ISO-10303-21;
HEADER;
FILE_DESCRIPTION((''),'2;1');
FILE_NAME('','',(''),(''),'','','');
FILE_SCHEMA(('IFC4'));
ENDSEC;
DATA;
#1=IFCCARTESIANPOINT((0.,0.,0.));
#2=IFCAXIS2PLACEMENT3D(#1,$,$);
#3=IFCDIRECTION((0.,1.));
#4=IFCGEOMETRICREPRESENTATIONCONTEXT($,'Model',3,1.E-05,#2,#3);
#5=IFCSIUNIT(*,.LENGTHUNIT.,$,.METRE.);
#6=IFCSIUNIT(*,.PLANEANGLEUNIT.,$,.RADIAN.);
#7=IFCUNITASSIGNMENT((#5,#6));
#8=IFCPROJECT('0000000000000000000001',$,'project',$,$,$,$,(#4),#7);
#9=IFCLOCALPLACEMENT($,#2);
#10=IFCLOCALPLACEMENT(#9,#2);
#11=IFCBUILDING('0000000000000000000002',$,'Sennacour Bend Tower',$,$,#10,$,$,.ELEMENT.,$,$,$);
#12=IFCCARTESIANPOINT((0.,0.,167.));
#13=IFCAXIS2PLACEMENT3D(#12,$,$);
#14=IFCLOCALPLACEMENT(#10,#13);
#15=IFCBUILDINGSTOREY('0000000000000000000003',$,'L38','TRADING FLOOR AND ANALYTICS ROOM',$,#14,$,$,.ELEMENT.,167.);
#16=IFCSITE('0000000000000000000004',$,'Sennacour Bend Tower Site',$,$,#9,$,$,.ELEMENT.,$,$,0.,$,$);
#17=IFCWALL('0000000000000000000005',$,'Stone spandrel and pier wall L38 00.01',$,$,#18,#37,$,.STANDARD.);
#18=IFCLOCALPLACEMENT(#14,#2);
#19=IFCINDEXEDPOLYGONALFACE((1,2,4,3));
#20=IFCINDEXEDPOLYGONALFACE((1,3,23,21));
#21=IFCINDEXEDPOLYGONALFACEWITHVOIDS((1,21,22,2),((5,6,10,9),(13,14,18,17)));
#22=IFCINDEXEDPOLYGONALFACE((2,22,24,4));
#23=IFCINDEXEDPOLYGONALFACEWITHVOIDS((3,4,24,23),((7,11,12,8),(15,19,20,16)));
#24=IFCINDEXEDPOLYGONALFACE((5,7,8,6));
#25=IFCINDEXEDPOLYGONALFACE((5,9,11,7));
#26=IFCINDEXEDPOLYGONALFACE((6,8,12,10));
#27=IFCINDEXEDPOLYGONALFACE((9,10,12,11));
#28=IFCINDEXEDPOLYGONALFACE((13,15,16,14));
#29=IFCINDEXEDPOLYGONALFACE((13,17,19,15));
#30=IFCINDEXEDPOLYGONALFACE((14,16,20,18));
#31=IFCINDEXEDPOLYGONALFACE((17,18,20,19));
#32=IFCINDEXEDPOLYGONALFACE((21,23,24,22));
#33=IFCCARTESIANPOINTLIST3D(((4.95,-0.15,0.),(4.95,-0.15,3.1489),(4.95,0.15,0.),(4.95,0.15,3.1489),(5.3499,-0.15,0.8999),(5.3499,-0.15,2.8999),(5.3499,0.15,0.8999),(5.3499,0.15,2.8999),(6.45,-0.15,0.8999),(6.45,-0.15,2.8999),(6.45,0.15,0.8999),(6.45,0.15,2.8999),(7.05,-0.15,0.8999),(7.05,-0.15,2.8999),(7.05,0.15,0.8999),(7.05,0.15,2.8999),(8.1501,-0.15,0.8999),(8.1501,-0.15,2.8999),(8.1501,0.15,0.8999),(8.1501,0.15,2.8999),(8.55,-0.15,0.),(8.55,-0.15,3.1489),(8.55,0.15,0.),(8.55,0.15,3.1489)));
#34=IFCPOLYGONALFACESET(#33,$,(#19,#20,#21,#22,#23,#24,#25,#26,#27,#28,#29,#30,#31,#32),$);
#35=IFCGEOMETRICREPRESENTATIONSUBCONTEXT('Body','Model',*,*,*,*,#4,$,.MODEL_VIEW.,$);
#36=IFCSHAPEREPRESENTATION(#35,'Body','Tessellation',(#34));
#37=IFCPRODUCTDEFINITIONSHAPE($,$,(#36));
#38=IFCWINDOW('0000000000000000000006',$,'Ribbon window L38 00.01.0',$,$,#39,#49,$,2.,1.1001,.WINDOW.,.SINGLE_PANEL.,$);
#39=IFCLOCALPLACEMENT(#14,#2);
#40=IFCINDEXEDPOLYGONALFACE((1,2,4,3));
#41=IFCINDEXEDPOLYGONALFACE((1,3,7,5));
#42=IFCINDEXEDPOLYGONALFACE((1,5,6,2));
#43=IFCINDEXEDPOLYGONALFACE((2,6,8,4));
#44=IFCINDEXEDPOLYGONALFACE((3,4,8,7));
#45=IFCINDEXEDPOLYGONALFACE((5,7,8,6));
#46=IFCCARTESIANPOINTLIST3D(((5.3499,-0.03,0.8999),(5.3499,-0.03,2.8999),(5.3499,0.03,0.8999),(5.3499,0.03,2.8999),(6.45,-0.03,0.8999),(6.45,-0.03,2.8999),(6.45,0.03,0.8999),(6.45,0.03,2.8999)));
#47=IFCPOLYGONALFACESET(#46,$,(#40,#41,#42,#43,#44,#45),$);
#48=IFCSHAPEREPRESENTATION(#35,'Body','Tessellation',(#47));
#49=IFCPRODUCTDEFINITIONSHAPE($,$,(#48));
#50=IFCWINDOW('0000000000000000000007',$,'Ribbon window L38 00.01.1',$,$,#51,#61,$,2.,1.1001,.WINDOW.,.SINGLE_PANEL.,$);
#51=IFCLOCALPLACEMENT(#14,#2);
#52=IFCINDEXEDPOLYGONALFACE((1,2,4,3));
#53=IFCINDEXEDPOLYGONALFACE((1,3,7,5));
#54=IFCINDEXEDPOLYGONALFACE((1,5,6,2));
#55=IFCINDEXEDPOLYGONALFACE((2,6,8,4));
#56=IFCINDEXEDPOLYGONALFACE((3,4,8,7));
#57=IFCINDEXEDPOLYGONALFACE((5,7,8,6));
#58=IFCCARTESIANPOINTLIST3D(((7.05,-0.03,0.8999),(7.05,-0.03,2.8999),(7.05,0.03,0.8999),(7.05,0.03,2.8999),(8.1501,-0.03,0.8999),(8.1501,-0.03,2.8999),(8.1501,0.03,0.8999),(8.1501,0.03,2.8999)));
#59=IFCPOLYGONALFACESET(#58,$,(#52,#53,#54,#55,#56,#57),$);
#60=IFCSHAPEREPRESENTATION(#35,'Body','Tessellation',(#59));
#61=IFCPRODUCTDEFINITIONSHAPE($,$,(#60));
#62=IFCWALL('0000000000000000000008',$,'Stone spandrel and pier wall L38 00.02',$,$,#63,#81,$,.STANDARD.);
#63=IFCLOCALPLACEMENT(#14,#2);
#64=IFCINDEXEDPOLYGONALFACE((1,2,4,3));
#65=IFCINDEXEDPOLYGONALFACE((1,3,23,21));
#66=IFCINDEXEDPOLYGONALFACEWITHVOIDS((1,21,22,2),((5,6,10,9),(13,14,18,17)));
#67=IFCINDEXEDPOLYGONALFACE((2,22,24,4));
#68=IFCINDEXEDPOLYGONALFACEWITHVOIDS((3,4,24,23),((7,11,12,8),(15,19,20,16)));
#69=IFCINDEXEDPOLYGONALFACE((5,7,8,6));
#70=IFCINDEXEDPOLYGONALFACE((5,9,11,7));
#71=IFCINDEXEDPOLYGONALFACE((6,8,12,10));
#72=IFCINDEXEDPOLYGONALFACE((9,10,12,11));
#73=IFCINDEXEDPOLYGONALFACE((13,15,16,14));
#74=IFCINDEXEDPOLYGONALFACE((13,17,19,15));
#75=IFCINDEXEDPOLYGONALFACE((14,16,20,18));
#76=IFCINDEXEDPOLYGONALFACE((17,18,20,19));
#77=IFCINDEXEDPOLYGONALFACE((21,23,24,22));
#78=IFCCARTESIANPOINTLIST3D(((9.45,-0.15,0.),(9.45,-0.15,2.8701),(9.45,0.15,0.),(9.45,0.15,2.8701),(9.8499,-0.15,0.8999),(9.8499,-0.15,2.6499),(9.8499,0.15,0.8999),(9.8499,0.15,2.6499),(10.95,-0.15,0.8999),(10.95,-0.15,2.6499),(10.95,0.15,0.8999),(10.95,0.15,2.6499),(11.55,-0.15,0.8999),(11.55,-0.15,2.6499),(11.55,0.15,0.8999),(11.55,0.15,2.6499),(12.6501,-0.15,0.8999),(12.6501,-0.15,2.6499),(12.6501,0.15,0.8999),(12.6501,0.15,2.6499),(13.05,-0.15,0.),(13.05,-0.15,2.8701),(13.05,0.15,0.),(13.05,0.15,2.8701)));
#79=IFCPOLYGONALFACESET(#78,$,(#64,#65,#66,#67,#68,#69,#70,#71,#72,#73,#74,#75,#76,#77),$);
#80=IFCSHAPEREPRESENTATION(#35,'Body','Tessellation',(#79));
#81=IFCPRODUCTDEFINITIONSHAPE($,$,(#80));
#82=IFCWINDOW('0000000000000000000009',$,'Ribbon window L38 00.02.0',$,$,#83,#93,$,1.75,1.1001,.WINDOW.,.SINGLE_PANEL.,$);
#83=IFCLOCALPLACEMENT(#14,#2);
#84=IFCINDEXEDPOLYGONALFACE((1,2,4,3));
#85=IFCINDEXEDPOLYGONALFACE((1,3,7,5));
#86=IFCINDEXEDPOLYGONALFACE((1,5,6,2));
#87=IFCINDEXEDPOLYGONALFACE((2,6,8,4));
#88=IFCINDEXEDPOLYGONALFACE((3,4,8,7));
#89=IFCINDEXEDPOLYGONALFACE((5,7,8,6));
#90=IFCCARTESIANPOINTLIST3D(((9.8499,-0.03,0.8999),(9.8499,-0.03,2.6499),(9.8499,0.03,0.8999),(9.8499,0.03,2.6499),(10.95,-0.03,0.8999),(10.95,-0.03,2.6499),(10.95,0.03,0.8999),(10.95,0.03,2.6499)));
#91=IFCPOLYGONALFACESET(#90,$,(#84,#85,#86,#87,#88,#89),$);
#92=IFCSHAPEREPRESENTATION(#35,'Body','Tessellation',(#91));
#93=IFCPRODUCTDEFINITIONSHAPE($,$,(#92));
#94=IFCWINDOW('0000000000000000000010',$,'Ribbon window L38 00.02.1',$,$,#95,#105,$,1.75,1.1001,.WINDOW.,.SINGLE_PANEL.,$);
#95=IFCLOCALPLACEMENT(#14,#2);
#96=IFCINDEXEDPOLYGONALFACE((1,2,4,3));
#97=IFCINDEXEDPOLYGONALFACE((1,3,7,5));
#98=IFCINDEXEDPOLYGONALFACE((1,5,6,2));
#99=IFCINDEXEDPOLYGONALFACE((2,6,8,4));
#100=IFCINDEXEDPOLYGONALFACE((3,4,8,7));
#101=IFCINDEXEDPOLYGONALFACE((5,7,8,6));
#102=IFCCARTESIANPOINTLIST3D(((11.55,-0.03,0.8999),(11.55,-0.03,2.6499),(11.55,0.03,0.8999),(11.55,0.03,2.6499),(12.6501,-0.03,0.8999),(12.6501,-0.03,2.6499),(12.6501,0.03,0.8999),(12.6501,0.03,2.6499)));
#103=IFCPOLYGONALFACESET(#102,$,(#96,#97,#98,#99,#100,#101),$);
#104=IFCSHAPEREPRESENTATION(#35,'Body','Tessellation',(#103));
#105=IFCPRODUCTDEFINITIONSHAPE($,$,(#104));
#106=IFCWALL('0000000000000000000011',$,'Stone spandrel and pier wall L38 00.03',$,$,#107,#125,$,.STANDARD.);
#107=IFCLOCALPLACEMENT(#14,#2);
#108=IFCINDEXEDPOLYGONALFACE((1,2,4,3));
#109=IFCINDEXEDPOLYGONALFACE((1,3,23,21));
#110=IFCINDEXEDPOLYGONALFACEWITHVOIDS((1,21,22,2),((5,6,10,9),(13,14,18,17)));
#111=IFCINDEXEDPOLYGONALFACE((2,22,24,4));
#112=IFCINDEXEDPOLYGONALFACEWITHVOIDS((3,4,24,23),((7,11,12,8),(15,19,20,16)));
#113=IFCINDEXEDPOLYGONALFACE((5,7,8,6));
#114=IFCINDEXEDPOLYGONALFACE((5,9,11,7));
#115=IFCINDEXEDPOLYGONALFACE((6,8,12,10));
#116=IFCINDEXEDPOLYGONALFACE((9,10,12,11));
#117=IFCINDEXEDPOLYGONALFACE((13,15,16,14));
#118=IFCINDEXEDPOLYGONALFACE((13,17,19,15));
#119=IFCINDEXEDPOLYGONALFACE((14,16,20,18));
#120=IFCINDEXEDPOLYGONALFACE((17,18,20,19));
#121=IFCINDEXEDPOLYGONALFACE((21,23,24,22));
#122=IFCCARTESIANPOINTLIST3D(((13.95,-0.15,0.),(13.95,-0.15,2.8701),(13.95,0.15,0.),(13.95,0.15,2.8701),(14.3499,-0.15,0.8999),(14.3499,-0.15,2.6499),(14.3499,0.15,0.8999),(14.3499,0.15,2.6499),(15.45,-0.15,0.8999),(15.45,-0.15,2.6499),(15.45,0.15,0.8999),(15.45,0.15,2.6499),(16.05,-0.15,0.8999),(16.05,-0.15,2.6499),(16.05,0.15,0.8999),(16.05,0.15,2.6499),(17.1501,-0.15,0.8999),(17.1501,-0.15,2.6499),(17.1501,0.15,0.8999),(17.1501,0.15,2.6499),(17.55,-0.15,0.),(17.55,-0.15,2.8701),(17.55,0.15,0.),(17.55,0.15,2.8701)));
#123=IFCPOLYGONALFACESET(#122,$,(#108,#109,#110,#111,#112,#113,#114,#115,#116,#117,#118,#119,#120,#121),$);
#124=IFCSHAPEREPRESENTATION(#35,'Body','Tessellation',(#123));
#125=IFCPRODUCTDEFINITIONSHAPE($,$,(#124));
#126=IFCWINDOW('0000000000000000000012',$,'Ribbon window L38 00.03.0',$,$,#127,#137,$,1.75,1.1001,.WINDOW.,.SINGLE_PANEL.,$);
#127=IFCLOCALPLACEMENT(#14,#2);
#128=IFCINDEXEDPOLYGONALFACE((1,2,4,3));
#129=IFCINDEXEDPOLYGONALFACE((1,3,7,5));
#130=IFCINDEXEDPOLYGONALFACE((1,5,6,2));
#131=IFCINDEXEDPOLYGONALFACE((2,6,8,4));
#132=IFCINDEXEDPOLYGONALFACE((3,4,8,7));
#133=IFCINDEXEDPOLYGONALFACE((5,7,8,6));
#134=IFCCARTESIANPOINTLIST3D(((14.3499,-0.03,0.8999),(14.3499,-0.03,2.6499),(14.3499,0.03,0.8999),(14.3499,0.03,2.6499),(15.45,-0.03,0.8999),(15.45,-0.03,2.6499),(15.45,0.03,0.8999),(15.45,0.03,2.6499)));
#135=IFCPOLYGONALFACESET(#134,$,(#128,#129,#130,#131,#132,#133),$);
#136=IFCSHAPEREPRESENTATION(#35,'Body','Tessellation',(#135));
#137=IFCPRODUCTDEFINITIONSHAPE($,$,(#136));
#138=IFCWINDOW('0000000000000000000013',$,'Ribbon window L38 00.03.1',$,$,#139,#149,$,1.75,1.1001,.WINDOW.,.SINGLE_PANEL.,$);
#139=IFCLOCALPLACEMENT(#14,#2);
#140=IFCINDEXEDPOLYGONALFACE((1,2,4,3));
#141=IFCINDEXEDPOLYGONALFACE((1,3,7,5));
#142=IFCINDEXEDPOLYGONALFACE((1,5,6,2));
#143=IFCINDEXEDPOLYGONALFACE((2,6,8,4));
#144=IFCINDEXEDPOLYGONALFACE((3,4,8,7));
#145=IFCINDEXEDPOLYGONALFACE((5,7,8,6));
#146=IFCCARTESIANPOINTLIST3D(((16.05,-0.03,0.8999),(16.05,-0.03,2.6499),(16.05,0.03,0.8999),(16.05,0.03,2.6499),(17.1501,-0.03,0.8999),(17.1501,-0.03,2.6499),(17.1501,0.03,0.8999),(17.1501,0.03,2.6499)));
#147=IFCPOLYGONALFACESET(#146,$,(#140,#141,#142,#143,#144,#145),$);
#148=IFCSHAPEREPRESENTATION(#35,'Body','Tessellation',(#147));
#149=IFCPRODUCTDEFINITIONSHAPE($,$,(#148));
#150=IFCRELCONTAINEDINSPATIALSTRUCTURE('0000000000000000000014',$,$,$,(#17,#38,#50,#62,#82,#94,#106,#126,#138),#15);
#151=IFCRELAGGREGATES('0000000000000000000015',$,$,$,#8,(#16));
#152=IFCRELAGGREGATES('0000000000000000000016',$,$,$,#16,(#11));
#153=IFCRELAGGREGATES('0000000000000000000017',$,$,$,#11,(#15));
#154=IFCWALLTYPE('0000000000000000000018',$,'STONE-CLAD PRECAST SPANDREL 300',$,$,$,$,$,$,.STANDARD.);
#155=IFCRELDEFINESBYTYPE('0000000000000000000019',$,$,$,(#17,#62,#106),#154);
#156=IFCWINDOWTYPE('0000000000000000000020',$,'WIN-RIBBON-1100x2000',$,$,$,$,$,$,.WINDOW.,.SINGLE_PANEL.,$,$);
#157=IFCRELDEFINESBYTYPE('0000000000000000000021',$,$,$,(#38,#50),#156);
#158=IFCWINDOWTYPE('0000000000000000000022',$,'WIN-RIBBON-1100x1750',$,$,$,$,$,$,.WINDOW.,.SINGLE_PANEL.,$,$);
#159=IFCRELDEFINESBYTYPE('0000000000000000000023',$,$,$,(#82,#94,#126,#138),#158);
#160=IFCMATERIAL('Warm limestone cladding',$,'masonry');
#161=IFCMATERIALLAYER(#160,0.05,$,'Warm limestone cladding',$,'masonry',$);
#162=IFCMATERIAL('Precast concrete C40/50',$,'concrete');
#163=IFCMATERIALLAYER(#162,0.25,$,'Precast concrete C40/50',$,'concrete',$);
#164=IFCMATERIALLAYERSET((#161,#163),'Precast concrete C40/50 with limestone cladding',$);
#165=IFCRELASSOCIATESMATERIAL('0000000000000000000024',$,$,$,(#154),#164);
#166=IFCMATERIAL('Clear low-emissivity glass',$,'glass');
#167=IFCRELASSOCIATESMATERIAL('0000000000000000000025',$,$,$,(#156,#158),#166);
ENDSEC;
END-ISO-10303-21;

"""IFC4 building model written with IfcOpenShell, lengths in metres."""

from ifc_helpers import new_model, si_unit, direction, frame, frame_2d, origin, place, context, subcontext, project, spatial, rectangle, extrude, material, layer, layer_set, type_object, element, fill, save


model = new_model("IFC4")

# Units and contexts
model_context = context("Model", 3, precision=1e-05, world=origin(), true_north=direction((0.0, 1.0)))
body_context = subcontext(model_context, "Body", "Model", "MODEL_VIEW")
ifc_project = project(units=[si_unit("LENGTHUNIT", "METRE"), si_unit("PLANEANGLEUNIT", "RADIAN")], contexts=[model_context])

# Site, building, storey
site_placement = place(None, origin())
site = spatial("IfcSite", under=ifc_project, at=site_placement, Name="Sennacour Bend Tower Site", CompositionType="ELEMENT", RefElevation=0.0)
building_placement = place(site_placement, origin())
building = spatial("IfcBuilding", under=site, at=building_placement, Name="Sennacour Bend Tower", CompositionType="ELEMENT")
storey_placement = place(building_placement, frame((0.0, 0.0, 167.0)))
storey = spatial("IfcBuildingStorey", under=building, at=storey_placement, Name="L38", Description="TRADING FLOOR AND ANALYTICS ROOM", CompositionType="ELEMENT", Elevation=167.0)

# Walls, openings, windows
ifc_material_1 = material(Name="Warm limestone cladding", Category="masonry")
ifc_layer_1 = layer(ifc_material_1, 0.05, Name="Warm limestone cladding", Category="masonry")
ifc_material_2 = material(Name="Precast concrete C40/50", Category="concrete")
ifc_layer_2 = layer(ifc_material_2, 0.25, Name="Precast concrete C40/50", Category="concrete")
ifc_layer_set_1 = layer_set([ifc_layer_1, ifc_layer_2], Name="Precast concrete C40/50 with limestone cladding")
wall_type_1 = type_object("IfcWallType", Name="STONE-CLAD PRECAST SPANDREL 300", PredefinedType="STANDARD", material=ifc_layer_set_1)
wall_1_placement = place(storey_placement, frame((4.95, 0.0, 0.0), z_axis=(0.0, 0.0, 1.0), x_axis=(1.0, 0.0, 0.0)))
wall_1 = element("IfcWall", 1, at=wall_1_placement, inside=storey, type_object=wall_type_1, Name="Stone spandrel and pier wall L38 00.01", PredefinedType="STANDARD", context=body_context, shape_type="SweptSolid", body=[
    extrude(rectangle(XDim=3.6001, YDim=0.3, at=frame_2d((1.8, 0.0))), origin(), (0.0, 0.0, 1.0), 3.1489),
])
opening_1_placement = place(wall_1_placement, frame((0.3999, 0.0, 0.8999)))
opening_1 = element("IfcOpeningElement", 2, at=opening_1_placement, cuts=wall_1, PredefinedType="OPENING", context=body_context, shape_type="SweptSolid", body=[
    extrude(rectangle(XDim=1.1001, YDim=2.0, at=frame_2d((0.55, 1.0))), frame((0.0, 0.1602, 0.0), z_axis=(0.0, -1.0, 0.0), x_axis=(1.0, 0.0, 0.0)), (0.0, 0.0, 1.0), 0.3201),
])
opening_2_placement = place(wall_1_placement, frame((2.1001, 0.0, 0.8999)))
opening_2 = element("IfcOpeningElement", 3, at=opening_2_placement, cuts=wall_1, PredefinedType="OPENING", context=body_context, shape_type="SweptSolid", body=[
    extrude(rectangle(XDim=1.1001, YDim=2.0, at=frame_2d((0.55, 1.0))), frame((0.0, 0.1602, 0.0), z_axis=(0.0, -1.0, 0.0), x_axis=(1.0, 0.0, 0.0)), (0.0, 0.0, 1.0), 0.3201),
])
ifc_material_3 = material(Name="Clear low-emissivity glass", Category="glass")
window_type_1 = type_object("IfcWindowType", Name="WIN-RIBBON-1100x2000", PartitioningType="SINGLE_PANEL", PredefinedType="WINDOW", material=ifc_material_3)
window_1_placement = place(opening_1_placement, origin())
window_1 = element("IfcWindow", 4, at=window_1_placement, inside=storey, type_object=window_type_1, Name="Ribbon window L38 00.01.0", OverallHeight=2.0, OverallWidth=1.1001, PartitioningType="SINGLE_PANEL", PredefinedType="WINDOW", context=body_context, shape_type="SweptSolid", body=[
    extrude(rectangle(XDim=1.1001, YDim=2.0, at=frame_2d((0.55, 1.0))), frame((0.0, 0.03, 0.0), z_axis=(0.0, -1.0, 0.0), x_axis=(1.0, 0.0, 0.0)), (0.0, 0.0, 1.0), 0.0601),
])
fill(opening_1, window_1)
window_2_placement = place(opening_2_placement, origin())
window_2 = element("IfcWindow", 5, at=window_2_placement, inside=storey, type_object=window_type_1, Name="Ribbon window L38 00.01.1", OverallHeight=2.0, OverallWidth=1.1001, PartitioningType="SINGLE_PANEL", PredefinedType="WINDOW", context=body_context, shape_type="SweptSolid", body=[
    extrude(rectangle(XDim=1.1001, YDim=2.0, at=frame_2d((0.55, 1.0))), frame((0.0, 0.03, 0.0), z_axis=(0.0, -1.0, 0.0), x_axis=(1.0, 0.0, 0.0)), (0.0, 0.0, 1.0), 0.0601),
])
fill(opening_2, window_2)
wall_2_placement = place(storey_placement, frame((9.45, 0.0, 0.0), z_axis=(0.0, 0.0, 1.0), x_axis=(1.0, 0.0, 0.0)))
wall_2 = element("IfcWall", 6, at=wall_2_placement, inside=storey, type_object=wall_type_1, Name="Stone spandrel and pier wall L38 00.02", PredefinedType="STANDARD", context=body_context, shape_type="SweptSolid", body=[
    extrude(rectangle(XDim=3.6001, YDim=0.3, at=frame_2d((1.8, 0.0))), origin(), (0.0, 0.0, 1.0), 2.8701),
])
opening_3_placement = place(wall_2_placement, frame((0.3999, 0.0, 0.8999)))
opening_3 = element("IfcOpeningElement", 7, at=opening_3_placement, cuts=wall_2, PredefinedType="OPENING", context=body_context, shape_type="SweptSolid", body=[
    extrude(rectangle(XDim=1.1001, YDim=1.75, at=frame_2d((0.55, 0.875))), frame((0.0, 0.1602, 0.0), z_axis=(0.0, -1.0, 0.0), x_axis=(1.0, 0.0, 0.0)), (0.0, 0.0, 1.0), 0.3201),
])
opening_4_placement = place(wall_2_placement, frame((2.1001, 0.0, 0.8999)))
opening_4 = element("IfcOpeningElement", 8, at=opening_4_placement, cuts=wall_2, PredefinedType="OPENING", context=body_context, shape_type="SweptSolid", body=[
    extrude(rectangle(XDim=1.1001, YDim=1.75, at=frame_2d((0.55, 0.875))), frame((0.0, 0.1602, 0.0), z_axis=(0.0, -1.0, 0.0), x_axis=(1.0, 0.0, 0.0)), (0.0, 0.0, 1.0), 0.3201),
])
window_type_2 = type_object("IfcWindowType", Name="WIN-RIBBON-1100x1750", PartitioningType="SINGLE_PANEL", PredefinedType="WINDOW", material=ifc_material_3)
window_3_placement = place(opening_3_placement, origin())
window_3 = element("IfcWindow", 9, at=window_3_placement, inside=storey, type_object=window_type_2, Name="Ribbon window L38 00.02.0", OverallHeight=1.75, OverallWidth=1.1001, PartitioningType="SINGLE_PANEL", PredefinedType="WINDOW", context=body_context, shape_type="SweptSolid", body=[
    extrude(rectangle(XDim=1.1001, YDim=1.75, at=frame_2d((0.55, 0.875))), frame((0.0, 0.03, 0.0), z_axis=(0.0, -1.0, 0.0), x_axis=(1.0, 0.0, 0.0)), (0.0, 0.0, 1.0), 0.0601),
])
fill(opening_3, window_3)
window_4_placement = place(opening_4_placement, origin())
window_4 = element("IfcWindow", 10, at=window_4_placement, inside=storey, type_object=window_type_2, Name="Ribbon window L38 00.02.1", OverallHeight=1.75, OverallWidth=1.1001, PartitioningType="SINGLE_PANEL", PredefinedType="WINDOW", context=body_context, shape_type="SweptSolid", body=[
    extrude(rectangle(XDim=1.1001, YDim=1.75, at=frame_2d((0.55, 0.875))), frame((0.0, 0.03, 0.0), z_axis=(0.0, -1.0, 0.0), x_axis=(1.0, 0.0, 0.0)), (0.0, 0.0, 1.0), 0.0601),
])
fill(opening_4, window_4)
wall_3_placement = place(storey_placement, frame((13.95, 0.0, 0.0), z_axis=(0.0, 0.0, 1.0), x_axis=(1.0, 0.0, 0.0)))
wall_3 = element("IfcWall", 11, at=wall_3_placement, inside=storey, type_object=wall_type_1, Name="Stone spandrel and pier wall L38 00.03", PredefinedType="STANDARD", context=body_context, shape_type="SweptSolid", body=[
    extrude(rectangle(XDim=3.6001, YDim=0.3, at=frame_2d((1.8, 0.0))), origin(), (0.0, 0.0, 1.0), 2.8701),
])
opening_5_placement = place(wall_3_placement, frame((0.3999, 0.0, 0.8999)))
opening_5 = element("IfcOpeningElement", 12, at=opening_5_placement, cuts=wall_3, PredefinedType="OPENING", context=body_context, shape_type="SweptSolid", body=[
    extrude(rectangle(XDim=1.1001, YDim=1.75, at=frame_2d((0.55, 0.875))), frame((0.0, 0.1602, 0.0), z_axis=(0.0, -1.0, 0.0), x_axis=(1.0, 0.0, 0.0)), (0.0, 0.0, 1.0), 0.3201),
])
opening_6_placement = place(wall_3_placement, frame((2.1001, 0.0, 0.8999)))
opening_6 = element("IfcOpeningElement", 13, at=opening_6_placement, cuts=wall_3, PredefinedType="OPENING", context=body_context, shape_type="SweptSolid", body=[
    extrude(rectangle(XDim=1.1001, YDim=1.75, at=frame_2d((0.55, 0.875))), frame((0.0, 0.1602, 0.0), z_axis=(0.0, -1.0, 0.0), x_axis=(1.0, 0.0, 0.0)), (0.0, 0.0, 1.0), 0.3201),
])
window_5_placement = place(opening_5_placement, origin())
window_5 = element("IfcWindow", 14, at=window_5_placement, inside=storey, type_object=window_type_2, Name="Ribbon window L38 00.03.0", OverallHeight=1.75, OverallWidth=1.1001, PartitioningType="SINGLE_PANEL", PredefinedType="WINDOW", context=body_context, shape_type="SweptSolid", body=[
    extrude(rectangle(XDim=1.1001, YDim=1.75, at=frame_2d((0.55, 0.875))), frame((0.0, 0.03, 0.0), z_axis=(0.0, -1.0, 0.0), x_axis=(1.0, 0.0, 0.0)), (0.0, 0.0, 1.0), 0.0601),
])
fill(opening_5, window_5)
window_6_placement = place(opening_6_placement, origin())
window_6 = element("IfcWindow", 15, at=window_6_placement, inside=storey, type_object=window_type_2, Name="Ribbon window L38 00.03.1", OverallHeight=1.75, OverallWidth=1.1001, PartitioningType="SINGLE_PANEL", PredefinedType="WINDOW", context=body_context, shape_type="SweptSolid", body=[
    extrude(rectangle(XDim=1.1001, YDim=1.75, at=frame_2d((0.55, 0.875))), frame((0.0, 0.03, 0.0), z_axis=(0.0, -1.0, 0.0), x_axis=(1.0, 0.0, 0.0)), (0.0, 0.0, 1.0), 0.0601),
])
fill(opening_6, window_6)

save(model, "model.ifc")
